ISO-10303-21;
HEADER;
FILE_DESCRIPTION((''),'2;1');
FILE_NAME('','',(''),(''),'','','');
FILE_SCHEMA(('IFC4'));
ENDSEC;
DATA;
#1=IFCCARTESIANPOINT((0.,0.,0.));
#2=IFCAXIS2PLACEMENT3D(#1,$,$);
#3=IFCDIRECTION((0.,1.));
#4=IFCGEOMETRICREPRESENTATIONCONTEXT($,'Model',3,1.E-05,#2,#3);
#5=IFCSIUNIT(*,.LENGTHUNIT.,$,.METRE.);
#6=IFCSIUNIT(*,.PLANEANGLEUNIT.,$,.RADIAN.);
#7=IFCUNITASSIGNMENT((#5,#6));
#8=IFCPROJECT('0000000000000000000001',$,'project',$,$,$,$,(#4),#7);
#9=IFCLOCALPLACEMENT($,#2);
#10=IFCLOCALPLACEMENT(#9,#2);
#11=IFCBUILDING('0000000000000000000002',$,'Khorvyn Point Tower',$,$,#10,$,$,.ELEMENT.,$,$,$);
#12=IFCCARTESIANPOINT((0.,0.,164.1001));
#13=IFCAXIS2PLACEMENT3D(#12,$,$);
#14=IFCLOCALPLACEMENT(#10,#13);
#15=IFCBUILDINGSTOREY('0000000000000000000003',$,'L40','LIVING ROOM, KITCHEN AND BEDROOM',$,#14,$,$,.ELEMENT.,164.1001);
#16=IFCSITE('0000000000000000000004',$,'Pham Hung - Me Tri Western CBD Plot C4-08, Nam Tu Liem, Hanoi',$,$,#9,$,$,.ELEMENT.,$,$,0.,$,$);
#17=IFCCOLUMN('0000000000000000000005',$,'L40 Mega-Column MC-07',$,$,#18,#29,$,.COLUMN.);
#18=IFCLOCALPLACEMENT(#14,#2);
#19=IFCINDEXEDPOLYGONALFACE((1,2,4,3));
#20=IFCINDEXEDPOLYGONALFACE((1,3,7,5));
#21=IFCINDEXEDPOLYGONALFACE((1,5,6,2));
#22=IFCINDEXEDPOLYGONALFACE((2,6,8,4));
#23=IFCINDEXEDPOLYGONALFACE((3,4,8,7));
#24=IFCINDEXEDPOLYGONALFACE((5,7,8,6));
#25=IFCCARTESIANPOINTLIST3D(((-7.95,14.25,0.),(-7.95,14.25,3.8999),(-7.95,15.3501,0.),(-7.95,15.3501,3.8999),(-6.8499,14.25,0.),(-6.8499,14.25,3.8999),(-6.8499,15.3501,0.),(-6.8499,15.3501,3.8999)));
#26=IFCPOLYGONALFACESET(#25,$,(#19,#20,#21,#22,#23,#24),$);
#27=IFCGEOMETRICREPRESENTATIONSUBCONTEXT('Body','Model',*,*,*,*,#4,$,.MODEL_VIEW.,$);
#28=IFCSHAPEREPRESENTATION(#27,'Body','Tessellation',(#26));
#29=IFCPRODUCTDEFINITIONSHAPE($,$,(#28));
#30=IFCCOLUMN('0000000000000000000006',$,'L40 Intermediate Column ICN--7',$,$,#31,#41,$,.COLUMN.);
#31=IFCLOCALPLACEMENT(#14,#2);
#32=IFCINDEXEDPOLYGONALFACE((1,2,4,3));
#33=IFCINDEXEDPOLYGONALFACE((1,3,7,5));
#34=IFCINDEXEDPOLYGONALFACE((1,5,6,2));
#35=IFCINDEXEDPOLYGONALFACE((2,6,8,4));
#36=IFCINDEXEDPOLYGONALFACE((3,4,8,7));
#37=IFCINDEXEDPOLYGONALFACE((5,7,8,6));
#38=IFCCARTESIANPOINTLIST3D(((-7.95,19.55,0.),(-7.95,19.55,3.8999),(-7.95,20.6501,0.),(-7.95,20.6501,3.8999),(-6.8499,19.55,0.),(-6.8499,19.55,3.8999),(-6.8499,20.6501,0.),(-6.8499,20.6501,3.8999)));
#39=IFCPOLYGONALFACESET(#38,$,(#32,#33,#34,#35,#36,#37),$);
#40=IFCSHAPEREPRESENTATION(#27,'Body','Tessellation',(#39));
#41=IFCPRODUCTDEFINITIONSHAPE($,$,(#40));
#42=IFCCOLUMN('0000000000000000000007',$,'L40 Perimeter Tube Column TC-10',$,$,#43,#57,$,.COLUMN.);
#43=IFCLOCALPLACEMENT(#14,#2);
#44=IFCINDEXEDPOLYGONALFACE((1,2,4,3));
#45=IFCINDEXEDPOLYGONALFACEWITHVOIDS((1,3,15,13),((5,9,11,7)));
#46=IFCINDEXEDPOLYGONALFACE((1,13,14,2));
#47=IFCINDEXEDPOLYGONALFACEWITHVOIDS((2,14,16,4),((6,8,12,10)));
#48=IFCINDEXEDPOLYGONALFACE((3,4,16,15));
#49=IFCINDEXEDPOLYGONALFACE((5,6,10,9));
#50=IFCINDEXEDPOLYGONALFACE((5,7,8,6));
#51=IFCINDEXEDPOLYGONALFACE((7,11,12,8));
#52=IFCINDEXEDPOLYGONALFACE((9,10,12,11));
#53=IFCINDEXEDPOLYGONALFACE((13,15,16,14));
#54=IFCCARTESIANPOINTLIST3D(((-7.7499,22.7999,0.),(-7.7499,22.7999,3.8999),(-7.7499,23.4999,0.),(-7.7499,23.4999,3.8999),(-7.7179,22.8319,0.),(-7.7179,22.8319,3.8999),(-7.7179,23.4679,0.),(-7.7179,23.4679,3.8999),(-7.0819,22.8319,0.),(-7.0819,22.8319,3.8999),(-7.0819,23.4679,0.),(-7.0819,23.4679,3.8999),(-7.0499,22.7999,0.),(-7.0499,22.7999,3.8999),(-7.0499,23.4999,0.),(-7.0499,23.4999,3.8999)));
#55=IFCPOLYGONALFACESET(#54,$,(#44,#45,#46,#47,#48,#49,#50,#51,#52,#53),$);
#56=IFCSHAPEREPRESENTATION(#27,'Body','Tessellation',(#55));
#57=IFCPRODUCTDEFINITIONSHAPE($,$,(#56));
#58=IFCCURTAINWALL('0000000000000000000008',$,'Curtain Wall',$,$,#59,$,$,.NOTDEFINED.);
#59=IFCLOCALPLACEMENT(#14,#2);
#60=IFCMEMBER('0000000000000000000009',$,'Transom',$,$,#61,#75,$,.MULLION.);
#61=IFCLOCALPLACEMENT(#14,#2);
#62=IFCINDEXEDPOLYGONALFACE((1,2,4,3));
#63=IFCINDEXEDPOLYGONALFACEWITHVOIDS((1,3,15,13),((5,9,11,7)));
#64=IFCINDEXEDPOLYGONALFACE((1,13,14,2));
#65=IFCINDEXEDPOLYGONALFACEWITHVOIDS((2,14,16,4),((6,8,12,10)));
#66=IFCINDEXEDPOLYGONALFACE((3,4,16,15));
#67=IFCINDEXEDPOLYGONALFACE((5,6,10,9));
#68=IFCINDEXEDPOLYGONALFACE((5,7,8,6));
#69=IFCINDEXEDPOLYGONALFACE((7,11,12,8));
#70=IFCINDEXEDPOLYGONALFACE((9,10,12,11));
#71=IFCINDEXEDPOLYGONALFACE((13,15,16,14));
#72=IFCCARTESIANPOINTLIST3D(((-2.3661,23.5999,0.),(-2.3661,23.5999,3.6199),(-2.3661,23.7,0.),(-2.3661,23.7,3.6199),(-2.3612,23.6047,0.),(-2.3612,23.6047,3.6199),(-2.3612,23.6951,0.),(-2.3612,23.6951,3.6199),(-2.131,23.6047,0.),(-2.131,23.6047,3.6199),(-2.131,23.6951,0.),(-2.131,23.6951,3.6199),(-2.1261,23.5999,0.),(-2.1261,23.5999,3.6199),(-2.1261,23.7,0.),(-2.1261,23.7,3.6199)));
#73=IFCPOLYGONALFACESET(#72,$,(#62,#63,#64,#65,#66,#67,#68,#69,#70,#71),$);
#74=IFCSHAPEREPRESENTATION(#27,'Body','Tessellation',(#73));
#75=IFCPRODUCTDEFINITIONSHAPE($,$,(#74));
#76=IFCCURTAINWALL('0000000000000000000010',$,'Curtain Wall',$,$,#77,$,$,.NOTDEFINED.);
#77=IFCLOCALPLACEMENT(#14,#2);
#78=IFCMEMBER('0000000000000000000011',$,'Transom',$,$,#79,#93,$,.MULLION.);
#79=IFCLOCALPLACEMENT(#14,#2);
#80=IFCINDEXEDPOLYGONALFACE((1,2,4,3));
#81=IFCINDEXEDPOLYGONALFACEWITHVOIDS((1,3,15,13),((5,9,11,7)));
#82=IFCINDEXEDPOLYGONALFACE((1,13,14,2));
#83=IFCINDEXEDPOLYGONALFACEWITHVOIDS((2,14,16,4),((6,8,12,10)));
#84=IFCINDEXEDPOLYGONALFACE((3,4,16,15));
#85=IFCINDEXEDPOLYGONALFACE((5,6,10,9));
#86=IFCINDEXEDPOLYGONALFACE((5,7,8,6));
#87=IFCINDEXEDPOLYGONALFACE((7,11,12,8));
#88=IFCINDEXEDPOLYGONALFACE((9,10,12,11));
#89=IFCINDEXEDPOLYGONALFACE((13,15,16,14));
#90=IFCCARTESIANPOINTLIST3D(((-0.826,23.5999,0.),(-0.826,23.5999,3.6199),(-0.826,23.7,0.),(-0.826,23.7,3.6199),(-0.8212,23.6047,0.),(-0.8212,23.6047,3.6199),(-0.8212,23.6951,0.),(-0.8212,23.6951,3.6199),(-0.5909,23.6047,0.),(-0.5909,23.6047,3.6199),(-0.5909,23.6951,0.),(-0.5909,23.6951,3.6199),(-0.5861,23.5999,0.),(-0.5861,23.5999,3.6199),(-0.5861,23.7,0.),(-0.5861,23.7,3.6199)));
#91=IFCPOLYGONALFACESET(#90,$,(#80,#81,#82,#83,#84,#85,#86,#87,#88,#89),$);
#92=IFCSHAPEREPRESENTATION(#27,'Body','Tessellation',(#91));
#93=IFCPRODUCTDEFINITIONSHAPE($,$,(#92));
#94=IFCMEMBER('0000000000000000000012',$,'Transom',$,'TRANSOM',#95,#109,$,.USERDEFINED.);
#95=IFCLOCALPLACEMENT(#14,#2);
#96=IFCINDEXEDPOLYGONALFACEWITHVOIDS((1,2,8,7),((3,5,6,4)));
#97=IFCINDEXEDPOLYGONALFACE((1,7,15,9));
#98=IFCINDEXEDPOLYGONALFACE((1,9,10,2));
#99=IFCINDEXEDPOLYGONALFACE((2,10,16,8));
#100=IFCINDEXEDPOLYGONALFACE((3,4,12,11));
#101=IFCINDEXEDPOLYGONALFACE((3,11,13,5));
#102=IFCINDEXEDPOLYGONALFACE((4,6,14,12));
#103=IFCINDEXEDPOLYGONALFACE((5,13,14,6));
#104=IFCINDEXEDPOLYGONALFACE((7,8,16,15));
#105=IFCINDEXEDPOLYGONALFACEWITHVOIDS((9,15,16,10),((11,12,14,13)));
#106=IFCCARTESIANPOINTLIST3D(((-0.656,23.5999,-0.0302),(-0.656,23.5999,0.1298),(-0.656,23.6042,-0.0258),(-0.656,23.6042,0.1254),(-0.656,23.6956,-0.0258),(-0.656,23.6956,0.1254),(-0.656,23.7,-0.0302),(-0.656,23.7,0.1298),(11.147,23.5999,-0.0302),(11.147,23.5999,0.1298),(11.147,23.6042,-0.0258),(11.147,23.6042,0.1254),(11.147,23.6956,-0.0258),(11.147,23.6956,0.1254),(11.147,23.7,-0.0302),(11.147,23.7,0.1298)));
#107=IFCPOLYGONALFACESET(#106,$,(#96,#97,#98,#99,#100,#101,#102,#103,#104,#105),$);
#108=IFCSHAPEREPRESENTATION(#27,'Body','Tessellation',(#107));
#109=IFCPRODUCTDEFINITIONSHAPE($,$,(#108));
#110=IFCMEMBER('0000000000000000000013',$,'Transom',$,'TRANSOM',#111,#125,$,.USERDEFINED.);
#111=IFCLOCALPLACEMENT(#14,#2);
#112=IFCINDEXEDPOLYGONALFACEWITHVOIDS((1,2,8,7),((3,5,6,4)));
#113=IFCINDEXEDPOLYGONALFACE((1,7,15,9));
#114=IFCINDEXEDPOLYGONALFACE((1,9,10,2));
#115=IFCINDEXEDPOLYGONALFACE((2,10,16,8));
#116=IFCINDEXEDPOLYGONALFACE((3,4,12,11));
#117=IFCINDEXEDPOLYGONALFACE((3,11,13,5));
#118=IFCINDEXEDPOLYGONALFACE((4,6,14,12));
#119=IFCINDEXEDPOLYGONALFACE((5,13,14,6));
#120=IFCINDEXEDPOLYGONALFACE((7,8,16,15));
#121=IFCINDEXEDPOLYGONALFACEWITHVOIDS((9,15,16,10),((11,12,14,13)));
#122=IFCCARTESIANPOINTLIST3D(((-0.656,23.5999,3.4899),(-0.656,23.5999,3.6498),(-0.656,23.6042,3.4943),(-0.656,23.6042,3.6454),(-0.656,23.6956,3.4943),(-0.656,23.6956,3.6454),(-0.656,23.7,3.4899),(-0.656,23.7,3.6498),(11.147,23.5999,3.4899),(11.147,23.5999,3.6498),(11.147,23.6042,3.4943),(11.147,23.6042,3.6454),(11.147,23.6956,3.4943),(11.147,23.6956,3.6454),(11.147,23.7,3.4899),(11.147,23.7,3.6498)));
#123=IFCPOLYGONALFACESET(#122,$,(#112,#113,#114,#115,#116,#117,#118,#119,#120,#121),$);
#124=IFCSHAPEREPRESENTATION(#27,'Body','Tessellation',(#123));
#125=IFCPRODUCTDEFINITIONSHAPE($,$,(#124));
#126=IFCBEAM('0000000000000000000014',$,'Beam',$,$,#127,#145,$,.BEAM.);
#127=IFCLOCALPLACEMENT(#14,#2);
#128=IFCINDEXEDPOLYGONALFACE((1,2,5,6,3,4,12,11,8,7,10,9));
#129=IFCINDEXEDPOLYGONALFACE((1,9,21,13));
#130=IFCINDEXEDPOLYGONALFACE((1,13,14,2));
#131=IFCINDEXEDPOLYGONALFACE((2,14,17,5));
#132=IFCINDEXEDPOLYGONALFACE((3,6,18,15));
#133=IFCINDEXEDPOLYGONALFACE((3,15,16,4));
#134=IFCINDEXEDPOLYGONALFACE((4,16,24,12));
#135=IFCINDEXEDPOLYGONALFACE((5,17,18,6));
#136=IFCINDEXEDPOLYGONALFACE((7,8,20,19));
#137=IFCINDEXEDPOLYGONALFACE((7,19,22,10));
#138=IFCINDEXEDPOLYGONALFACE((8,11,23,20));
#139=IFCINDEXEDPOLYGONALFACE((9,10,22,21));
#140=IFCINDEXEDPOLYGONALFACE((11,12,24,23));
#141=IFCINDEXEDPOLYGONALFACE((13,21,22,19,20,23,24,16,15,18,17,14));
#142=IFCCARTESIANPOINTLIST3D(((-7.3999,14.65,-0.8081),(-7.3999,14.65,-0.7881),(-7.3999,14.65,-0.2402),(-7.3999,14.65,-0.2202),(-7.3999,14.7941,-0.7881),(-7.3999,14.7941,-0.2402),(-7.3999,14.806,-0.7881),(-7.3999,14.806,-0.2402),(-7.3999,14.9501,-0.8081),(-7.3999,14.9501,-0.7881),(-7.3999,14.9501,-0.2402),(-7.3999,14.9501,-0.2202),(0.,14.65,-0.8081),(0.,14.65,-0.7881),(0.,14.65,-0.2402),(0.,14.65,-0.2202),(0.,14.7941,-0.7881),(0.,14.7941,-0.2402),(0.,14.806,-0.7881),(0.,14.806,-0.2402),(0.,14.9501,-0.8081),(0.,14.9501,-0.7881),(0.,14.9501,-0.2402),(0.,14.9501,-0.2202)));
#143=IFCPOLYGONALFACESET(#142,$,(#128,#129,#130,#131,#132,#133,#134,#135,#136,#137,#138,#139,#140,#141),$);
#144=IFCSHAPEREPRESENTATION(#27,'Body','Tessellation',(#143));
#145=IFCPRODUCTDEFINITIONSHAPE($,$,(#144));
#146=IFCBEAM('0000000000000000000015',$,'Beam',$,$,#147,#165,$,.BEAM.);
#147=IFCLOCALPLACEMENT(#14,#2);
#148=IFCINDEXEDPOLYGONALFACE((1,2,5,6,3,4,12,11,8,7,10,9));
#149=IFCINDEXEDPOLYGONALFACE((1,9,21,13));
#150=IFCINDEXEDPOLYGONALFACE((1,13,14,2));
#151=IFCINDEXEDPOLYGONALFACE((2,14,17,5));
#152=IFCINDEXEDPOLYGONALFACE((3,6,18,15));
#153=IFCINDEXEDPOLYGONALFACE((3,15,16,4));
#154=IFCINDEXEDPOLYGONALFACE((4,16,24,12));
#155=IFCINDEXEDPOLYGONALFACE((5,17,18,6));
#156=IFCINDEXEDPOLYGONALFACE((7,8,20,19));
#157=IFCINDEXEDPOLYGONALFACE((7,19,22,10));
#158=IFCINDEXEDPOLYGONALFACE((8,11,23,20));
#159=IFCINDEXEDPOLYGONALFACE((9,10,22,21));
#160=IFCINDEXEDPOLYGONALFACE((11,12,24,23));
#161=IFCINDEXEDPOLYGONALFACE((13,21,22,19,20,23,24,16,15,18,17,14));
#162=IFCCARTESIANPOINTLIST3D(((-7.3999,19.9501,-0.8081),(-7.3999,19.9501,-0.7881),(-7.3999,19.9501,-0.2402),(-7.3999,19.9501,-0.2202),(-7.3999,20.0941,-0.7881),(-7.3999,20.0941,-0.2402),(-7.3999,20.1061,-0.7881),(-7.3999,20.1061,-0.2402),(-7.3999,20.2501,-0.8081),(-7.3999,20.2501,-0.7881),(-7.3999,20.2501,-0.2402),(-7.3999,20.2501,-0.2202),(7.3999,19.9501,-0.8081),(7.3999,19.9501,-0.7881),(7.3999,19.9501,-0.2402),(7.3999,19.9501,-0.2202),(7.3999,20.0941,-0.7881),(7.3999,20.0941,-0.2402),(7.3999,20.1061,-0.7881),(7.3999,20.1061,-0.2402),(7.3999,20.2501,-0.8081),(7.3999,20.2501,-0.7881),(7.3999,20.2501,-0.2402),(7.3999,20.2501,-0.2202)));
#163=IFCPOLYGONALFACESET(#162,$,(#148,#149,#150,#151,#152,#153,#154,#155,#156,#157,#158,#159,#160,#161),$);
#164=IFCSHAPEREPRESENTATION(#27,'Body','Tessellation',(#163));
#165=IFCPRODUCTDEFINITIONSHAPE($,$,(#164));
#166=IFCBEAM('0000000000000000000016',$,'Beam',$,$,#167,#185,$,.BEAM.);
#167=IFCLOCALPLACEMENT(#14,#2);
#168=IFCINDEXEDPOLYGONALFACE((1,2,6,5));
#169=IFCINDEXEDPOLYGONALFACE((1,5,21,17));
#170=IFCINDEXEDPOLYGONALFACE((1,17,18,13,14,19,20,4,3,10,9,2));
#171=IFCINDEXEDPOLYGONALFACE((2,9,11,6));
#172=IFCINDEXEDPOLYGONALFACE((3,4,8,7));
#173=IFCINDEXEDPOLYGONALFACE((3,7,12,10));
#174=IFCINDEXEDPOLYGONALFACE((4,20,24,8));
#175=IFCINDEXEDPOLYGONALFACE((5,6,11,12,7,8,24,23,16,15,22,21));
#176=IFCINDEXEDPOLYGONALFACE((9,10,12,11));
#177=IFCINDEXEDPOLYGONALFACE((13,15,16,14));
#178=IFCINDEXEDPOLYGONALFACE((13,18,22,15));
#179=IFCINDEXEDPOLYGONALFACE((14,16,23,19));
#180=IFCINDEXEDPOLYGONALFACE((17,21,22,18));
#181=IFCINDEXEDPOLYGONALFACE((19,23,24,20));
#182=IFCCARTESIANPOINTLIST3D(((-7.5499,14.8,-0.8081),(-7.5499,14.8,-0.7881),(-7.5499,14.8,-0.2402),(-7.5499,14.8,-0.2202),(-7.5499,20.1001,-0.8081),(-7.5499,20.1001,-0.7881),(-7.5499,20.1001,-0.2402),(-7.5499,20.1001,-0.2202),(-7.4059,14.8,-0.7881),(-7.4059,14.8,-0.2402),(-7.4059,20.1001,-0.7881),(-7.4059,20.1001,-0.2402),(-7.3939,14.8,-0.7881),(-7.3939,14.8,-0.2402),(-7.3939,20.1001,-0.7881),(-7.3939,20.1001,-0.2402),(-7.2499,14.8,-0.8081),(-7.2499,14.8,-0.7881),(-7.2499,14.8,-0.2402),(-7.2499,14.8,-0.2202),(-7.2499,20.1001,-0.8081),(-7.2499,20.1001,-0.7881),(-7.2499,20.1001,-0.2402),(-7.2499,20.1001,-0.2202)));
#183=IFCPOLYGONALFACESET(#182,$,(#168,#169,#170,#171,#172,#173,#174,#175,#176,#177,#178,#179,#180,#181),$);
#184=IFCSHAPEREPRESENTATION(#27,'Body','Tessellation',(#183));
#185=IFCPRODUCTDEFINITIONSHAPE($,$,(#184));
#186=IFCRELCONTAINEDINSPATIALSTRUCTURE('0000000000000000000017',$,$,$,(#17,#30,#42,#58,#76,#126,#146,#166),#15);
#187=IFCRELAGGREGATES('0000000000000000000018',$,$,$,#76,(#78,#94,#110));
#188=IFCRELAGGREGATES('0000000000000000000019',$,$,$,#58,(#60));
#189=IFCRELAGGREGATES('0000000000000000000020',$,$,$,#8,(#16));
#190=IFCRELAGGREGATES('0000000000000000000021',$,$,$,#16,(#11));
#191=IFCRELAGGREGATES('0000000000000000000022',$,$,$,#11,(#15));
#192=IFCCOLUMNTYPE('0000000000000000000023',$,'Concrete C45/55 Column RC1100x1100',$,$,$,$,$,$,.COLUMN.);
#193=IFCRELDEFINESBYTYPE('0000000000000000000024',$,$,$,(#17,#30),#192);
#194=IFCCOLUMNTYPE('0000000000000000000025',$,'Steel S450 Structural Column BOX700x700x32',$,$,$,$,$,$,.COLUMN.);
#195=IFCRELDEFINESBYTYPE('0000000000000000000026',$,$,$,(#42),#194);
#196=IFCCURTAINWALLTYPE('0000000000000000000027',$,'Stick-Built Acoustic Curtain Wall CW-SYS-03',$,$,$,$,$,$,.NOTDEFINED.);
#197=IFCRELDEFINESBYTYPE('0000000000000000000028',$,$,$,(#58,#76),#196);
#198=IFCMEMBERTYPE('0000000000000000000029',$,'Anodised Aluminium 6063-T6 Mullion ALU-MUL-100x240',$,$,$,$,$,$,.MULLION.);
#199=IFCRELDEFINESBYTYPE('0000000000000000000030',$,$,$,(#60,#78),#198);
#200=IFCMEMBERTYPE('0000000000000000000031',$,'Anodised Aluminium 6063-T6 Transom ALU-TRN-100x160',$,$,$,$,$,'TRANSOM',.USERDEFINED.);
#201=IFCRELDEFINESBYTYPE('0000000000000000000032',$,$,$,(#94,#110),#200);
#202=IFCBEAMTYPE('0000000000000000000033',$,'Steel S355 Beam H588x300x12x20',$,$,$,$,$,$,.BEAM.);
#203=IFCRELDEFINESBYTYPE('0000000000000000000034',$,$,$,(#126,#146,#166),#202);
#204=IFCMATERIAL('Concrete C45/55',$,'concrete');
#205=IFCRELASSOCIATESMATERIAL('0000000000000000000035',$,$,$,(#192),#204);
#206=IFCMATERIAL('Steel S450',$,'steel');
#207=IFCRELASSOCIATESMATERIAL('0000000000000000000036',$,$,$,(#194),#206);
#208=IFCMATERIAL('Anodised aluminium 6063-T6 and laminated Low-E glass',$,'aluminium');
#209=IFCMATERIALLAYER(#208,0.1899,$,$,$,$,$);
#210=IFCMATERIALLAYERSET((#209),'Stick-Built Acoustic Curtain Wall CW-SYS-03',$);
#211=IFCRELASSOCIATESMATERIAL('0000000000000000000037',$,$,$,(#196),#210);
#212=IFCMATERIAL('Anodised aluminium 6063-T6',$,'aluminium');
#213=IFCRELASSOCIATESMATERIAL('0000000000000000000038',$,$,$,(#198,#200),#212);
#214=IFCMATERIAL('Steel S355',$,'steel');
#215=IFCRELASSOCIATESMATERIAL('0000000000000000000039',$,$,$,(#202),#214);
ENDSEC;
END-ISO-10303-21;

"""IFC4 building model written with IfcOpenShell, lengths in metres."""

from ifc_helpers import new_model, si_unit, direction, frame, origin, origin_2d, place, context, subcontext, project, spatial, rectangle, hollow_rectangle, i_section, extrude, material, layer, layer_set, material_profile, profile_set, type_object, element, aggregate, save


model = new_model("IFC4")

# Units and contexts
model_context = context("Model", 3, precision=1e-05, world=origin(), true_north=direction((0.0, 1.0)))
body_context = subcontext(model_context, "Body", "Model", "MODEL_VIEW")
ifc_project = project(units=[si_unit("LENGTHUNIT", "METRE"), si_unit("PLANEANGLEUNIT", "RADIAN")], contexts=[model_context])

# Site, building, storey
site_placement = place(None, origin())
site = spatial("IfcSite", under=ifc_project, at=site_placement, Name="Pham Hung - Me Tri Western CBD Plot C4-08, Nam Tu Liem, Hanoi", CompositionType="ELEMENT", RefElevation=0.0)
building_placement = place(site_placement, origin())
building = spatial("IfcBuilding", under=site, at=building_placement, Name="Khorvyn Point Tower", CompositionType="ELEMENT")
storey_placement = place(building_placement, frame((0.0, 0.0, 164.1001)))
storey = spatial("IfcBuildingStorey", under=building, at=storey_placement, Name="L40", Description="LIVING ROOM, KITCHEN AND BEDROOM", CompositionType="ELEMENT", Elevation=164.1001)

# Columns
ifc_material_1 = material(Name="Concrete C45/55", Category="concrete")
ifc_material_profile_1 = material_profile(ifc_material_1, rectangle(XDim=1.1001, YDim=1.1001, at=origin_2d()))
ifc_profile_set_1 = profile_set([ifc_material_profile_1], Name="Concrete C45/55 RC1100x1100")
column_type_1 = type_object("IfcColumnType", Name="Concrete C45/55 Column RC1100x1100", PredefinedType="COLUMN", material=ifc_profile_set_1)
for number, where, z_axis, x_axis, name in (
    (1, (-7.3999, 14.8, 0.0), (0.0, 0.0, 1.0), (1.0, 0.0, 0.0), "L40 Mega-Column MC-07"),
    (2, (-7.3999, 20.1001, 0.0), (0.0, 0.0, 1.0), (1.0, 0.0, 0.0), "L40 Intermediate Column ICN--7"),
):
    element("IfcColumn", number, at=place(storey_placement, frame(where, z_axis=z_axis, x_axis=x_axis)), inside=storey, type_object=column_type_1, Name=name, PredefinedType="COLUMN", context=body_context, shape_type="SweptSolid", body=[
        extrude(rectangle(XDim=1.1001, YDim=1.1001, at=origin_2d()), origin(), (0.0, 0.0, 1.0), 3.8999),
    ])
ifc_material_2 = material(Name="Steel S450", Category="steel")
ifc_material_profile_2 = material_profile(ifc_material_2, hollow_rectangle(XDim=0.7, YDim=0.7, WallThickness=0.032, at=origin_2d()))
ifc_profile_set_2 = profile_set([ifc_material_profile_2], Name="Steel S450 BOX700x700x32")
column_type_2 = type_object("IfcColumnType", Name="Steel S450 Structural Column BOX700x700x32", PredefinedType="COLUMN", material=ifc_profile_set_2)
column_placement = place(storey_placement, frame((-7.3999, 23.1499, 0.0), z_axis=(0.0, 0.0, 1.0), x_axis=(1.0, 0.0, 0.0)))
element("IfcColumn", 3, at=column_placement, inside=storey, type_object=column_type_2, Name="L40 Perimeter Tube Column TC-10", PredefinedType="COLUMN", context=body_context, shape_type="SweptSolid", body=[
    extrude(hollow_rectangle(XDim=0.7, YDim=0.7, WallThickness=0.032, at=origin_2d()), origin(), (0.0, 0.0, 1.0), 3.8999),
])

# Curtain wall, member
ifc_material_3 = material(Name="Anodised aluminium 6063-T6 and laminated Low-E glass", Category="aluminium")
ifc_layer_1 = layer(ifc_material_3, 0.1899)
ifc_layer_set_1 = layer_set([ifc_layer_1], Name="Stick-Built Acoustic Curtain Wall CW-SYS-03")
curtain_wall_type = type_object("IfcCurtainWallType", Name="Stick-Built Acoustic Curtain Wall CW-SYS-03", PredefinedType="NOTDEFINED", material=ifc_layer_set_1)
curtain_wall_1_placement = place(storey_placement, origin())
curtain_wall_1 = element("IfcCurtainWall", 4, at=curtain_wall_1_placement, inside=storey, type_object=curtain_wall_type, Name="Curtain Wall", PredefinedType="NOTDEFINED")
ifc_material_4 = material(Name="Anodised aluminium 6063-T6", Category="aluminium")
ifc_material_profile_3 = material_profile(ifc_material_4, hollow_rectangle(XDim=0.1001, YDim=0.24, WallThickness=0.0049, at=origin_2d()))
ifc_profile_set_3 = profile_set([ifc_material_profile_3], Name="Anodised aluminium 6063-T6 ALU-MUL-100x240")
member_type_1 = type_object("IfcMemberType", Name="Anodised Aluminium 6063-T6 Mullion ALU-MUL-100x240", PredefinedType="MULLION", material=ifc_profile_set_3)
member_1_placement = place(storey_placement, frame((-2.2461, 23.6499, 0.0), z_axis=(0.0, 0.0, 1.0), x_axis=(0.0, 1.0, 0.0)))
member_1 = element("IfcMember", 5, at=member_1_placement, type_object=member_type_1, Name="Transom", PredefinedType="MULLION", context=body_context, shape_type="SweptSolid", body=[
    extrude(hollow_rectangle(XDim=0.1001, YDim=0.24, WallThickness=0.0049, at=origin_2d()), origin(), (0.0, 0.0, 1.0), 3.6199),
])

# Curtain wall, members
curtain_wall_2_placement = place(storey_placement, origin())
curtain_wall_2 = element("IfcCurtainWall", 6, at=curtain_wall_2_placement, inside=storey, type_object=curtain_wall_type, Name="Curtain Wall", PredefinedType="NOTDEFINED")
member_2_placement = place(storey_placement, frame((-0.7061, 23.6499, 0.0), z_axis=(0.0, 0.0, 1.0), x_axis=(0.0, 1.0, 0.0)))
member_2 = element("IfcMember", 7, at=member_2_placement, type_object=member_type_1, Name="Transom", PredefinedType="MULLION", context=body_context, shape_type="SweptSolid", body=[
    extrude(hollow_rectangle(XDim=0.1001, YDim=0.24, WallThickness=0.0049, at=origin_2d()), origin(), (0.0, 0.0, 1.0), 3.6199),
])
ifc_material_profile_4 = material_profile(ifc_material_4, hollow_rectangle(XDim=0.1001, YDim=0.1599, WallThickness=0.0044, at=origin_2d()))
ifc_profile_set_4 = profile_set([ifc_material_profile_4], Name="Anodised aluminium 6063-T6 ALU-TRN-100x160")
member_type_2 = type_object("IfcMemberType", Name="Anodised Aluminium 6063-T6 Transom ALU-TRN-100x160", ElementType="TRANSOM", PredefinedType="USERDEFINED", material=ifc_profile_set_4)
member_3_placement = place(storey_placement, frame((-0.656, 23.6499, 0.0498), z_axis=(1.0, 0.0, 0.0), x_axis=(0.0, 1.0, 0.0)))
member_3 = element("IfcMember", 8, at=member_3_placement, type_object=member_type_2, Name="Transom", ObjectType="TRANSOM", PredefinedType="USERDEFINED", context=body_context, shape_type="SweptSolid", body=[
    extrude(hollow_rectangle(XDim=0.1001, YDim=0.1599, WallThickness=0.0044, at=origin_2d()), origin(), (0.0, 0.0, 1.0), 11.803),
])
member_4_placement = place(storey_placement, frame((-0.656, 23.6499, 3.5698), z_axis=(1.0, 0.0, 0.0), x_axis=(0.0, 1.0, 0.0)))
member_4 = element("IfcMember", 9, at=member_4_placement, type_object=member_type_2, Name="Transom", ObjectType="TRANSOM", PredefinedType="USERDEFINED", context=body_context, shape_type="SweptSolid", body=[
    extrude(hollow_rectangle(XDim=0.1001, YDim=0.1599, WallThickness=0.0044, at=origin_2d()), origin(), (0.0, 0.0, 1.0), 11.803),
])
aggregate(curtain_wall_2, [member_2, member_3, member_4])

# Beams
ifc_material_5 = material(Name="Steel S355", Category="steel")
ifc_material_profile_5 = material_profile(ifc_material_5, i_section(OverallWidth=0.3, OverallDepth=0.5879, WebThickness=0.012, FlangeThickness=0.02, at=origin_2d()))
ifc_profile_set_5 = profile_set([ifc_material_profile_5], Name="Steel S355 H588x300x12x20")
beam_type_1 = type_object("IfcBeamType", Name="Steel S355 Beam H588x300x12x20", PredefinedType="BEAM", material=ifc_profile_set_5)
beam_1_placement = place(storey_placement, frame((-7.3999, 14.8, -0.5142), z_axis=(1.0, 0.0, 0.0), x_axis=(0.0, 1.0, 0.0)))
element("IfcBeam", 10, at=beam_1_placement, inside=storey, type_object=beam_type_1, Name="Beam", PredefinedType="BEAM", context=body_context, shape_type="SweptSolid", body=[
    extrude(i_section(OverallWidth=0.3, OverallDepth=0.5879, WebThickness=0.012, FlangeThickness=0.02, at=origin_2d()), origin(), (0.0, 0.0, 1.0), 7.3999),
])
beam_2_placement = place(storey_placement, frame((-7.3999, 20.1001, -0.5142), z_axis=(1.0, 0.0, 0.0), x_axis=(0.0, 1.0, 0.0)))
element("IfcBeam", 11, at=beam_2_placement, inside=storey, type_object=beam_type_1, Name="Beam", PredefinedType="BEAM", context=body_context, shape_type="SweptSolid", body=[
    extrude(i_section(OverallWidth=0.3, OverallDepth=0.5879, WebThickness=0.012, FlangeThickness=0.02, at=origin_2d()), origin(), (0.0, 0.0, 1.0), 14.7998),
])
beam_3_placement = place(storey_placement, frame((-7.3999, 14.8, -0.5142), z_axis=(0.0, 1.0, 0.0), x_axis=(-1.0, 0.0, 0.0)))
element("IfcBeam", 12, at=beam_3_placement, inside=storey, type_object=beam_type_1, Name="Beam", PredefinedType="BEAM", context=body_context, shape_type="SweptSolid", body=[
    extrude(i_section(OverallWidth=0.3, OverallDepth=0.5879, WebThickness=0.012, FlangeThickness=0.02, at=origin_2d()), origin(), (0.0, 0.0, 1.0), 5.3),
])

aggregate(curtain_wall_1, [member_1])

save(model, "model.ifc")
